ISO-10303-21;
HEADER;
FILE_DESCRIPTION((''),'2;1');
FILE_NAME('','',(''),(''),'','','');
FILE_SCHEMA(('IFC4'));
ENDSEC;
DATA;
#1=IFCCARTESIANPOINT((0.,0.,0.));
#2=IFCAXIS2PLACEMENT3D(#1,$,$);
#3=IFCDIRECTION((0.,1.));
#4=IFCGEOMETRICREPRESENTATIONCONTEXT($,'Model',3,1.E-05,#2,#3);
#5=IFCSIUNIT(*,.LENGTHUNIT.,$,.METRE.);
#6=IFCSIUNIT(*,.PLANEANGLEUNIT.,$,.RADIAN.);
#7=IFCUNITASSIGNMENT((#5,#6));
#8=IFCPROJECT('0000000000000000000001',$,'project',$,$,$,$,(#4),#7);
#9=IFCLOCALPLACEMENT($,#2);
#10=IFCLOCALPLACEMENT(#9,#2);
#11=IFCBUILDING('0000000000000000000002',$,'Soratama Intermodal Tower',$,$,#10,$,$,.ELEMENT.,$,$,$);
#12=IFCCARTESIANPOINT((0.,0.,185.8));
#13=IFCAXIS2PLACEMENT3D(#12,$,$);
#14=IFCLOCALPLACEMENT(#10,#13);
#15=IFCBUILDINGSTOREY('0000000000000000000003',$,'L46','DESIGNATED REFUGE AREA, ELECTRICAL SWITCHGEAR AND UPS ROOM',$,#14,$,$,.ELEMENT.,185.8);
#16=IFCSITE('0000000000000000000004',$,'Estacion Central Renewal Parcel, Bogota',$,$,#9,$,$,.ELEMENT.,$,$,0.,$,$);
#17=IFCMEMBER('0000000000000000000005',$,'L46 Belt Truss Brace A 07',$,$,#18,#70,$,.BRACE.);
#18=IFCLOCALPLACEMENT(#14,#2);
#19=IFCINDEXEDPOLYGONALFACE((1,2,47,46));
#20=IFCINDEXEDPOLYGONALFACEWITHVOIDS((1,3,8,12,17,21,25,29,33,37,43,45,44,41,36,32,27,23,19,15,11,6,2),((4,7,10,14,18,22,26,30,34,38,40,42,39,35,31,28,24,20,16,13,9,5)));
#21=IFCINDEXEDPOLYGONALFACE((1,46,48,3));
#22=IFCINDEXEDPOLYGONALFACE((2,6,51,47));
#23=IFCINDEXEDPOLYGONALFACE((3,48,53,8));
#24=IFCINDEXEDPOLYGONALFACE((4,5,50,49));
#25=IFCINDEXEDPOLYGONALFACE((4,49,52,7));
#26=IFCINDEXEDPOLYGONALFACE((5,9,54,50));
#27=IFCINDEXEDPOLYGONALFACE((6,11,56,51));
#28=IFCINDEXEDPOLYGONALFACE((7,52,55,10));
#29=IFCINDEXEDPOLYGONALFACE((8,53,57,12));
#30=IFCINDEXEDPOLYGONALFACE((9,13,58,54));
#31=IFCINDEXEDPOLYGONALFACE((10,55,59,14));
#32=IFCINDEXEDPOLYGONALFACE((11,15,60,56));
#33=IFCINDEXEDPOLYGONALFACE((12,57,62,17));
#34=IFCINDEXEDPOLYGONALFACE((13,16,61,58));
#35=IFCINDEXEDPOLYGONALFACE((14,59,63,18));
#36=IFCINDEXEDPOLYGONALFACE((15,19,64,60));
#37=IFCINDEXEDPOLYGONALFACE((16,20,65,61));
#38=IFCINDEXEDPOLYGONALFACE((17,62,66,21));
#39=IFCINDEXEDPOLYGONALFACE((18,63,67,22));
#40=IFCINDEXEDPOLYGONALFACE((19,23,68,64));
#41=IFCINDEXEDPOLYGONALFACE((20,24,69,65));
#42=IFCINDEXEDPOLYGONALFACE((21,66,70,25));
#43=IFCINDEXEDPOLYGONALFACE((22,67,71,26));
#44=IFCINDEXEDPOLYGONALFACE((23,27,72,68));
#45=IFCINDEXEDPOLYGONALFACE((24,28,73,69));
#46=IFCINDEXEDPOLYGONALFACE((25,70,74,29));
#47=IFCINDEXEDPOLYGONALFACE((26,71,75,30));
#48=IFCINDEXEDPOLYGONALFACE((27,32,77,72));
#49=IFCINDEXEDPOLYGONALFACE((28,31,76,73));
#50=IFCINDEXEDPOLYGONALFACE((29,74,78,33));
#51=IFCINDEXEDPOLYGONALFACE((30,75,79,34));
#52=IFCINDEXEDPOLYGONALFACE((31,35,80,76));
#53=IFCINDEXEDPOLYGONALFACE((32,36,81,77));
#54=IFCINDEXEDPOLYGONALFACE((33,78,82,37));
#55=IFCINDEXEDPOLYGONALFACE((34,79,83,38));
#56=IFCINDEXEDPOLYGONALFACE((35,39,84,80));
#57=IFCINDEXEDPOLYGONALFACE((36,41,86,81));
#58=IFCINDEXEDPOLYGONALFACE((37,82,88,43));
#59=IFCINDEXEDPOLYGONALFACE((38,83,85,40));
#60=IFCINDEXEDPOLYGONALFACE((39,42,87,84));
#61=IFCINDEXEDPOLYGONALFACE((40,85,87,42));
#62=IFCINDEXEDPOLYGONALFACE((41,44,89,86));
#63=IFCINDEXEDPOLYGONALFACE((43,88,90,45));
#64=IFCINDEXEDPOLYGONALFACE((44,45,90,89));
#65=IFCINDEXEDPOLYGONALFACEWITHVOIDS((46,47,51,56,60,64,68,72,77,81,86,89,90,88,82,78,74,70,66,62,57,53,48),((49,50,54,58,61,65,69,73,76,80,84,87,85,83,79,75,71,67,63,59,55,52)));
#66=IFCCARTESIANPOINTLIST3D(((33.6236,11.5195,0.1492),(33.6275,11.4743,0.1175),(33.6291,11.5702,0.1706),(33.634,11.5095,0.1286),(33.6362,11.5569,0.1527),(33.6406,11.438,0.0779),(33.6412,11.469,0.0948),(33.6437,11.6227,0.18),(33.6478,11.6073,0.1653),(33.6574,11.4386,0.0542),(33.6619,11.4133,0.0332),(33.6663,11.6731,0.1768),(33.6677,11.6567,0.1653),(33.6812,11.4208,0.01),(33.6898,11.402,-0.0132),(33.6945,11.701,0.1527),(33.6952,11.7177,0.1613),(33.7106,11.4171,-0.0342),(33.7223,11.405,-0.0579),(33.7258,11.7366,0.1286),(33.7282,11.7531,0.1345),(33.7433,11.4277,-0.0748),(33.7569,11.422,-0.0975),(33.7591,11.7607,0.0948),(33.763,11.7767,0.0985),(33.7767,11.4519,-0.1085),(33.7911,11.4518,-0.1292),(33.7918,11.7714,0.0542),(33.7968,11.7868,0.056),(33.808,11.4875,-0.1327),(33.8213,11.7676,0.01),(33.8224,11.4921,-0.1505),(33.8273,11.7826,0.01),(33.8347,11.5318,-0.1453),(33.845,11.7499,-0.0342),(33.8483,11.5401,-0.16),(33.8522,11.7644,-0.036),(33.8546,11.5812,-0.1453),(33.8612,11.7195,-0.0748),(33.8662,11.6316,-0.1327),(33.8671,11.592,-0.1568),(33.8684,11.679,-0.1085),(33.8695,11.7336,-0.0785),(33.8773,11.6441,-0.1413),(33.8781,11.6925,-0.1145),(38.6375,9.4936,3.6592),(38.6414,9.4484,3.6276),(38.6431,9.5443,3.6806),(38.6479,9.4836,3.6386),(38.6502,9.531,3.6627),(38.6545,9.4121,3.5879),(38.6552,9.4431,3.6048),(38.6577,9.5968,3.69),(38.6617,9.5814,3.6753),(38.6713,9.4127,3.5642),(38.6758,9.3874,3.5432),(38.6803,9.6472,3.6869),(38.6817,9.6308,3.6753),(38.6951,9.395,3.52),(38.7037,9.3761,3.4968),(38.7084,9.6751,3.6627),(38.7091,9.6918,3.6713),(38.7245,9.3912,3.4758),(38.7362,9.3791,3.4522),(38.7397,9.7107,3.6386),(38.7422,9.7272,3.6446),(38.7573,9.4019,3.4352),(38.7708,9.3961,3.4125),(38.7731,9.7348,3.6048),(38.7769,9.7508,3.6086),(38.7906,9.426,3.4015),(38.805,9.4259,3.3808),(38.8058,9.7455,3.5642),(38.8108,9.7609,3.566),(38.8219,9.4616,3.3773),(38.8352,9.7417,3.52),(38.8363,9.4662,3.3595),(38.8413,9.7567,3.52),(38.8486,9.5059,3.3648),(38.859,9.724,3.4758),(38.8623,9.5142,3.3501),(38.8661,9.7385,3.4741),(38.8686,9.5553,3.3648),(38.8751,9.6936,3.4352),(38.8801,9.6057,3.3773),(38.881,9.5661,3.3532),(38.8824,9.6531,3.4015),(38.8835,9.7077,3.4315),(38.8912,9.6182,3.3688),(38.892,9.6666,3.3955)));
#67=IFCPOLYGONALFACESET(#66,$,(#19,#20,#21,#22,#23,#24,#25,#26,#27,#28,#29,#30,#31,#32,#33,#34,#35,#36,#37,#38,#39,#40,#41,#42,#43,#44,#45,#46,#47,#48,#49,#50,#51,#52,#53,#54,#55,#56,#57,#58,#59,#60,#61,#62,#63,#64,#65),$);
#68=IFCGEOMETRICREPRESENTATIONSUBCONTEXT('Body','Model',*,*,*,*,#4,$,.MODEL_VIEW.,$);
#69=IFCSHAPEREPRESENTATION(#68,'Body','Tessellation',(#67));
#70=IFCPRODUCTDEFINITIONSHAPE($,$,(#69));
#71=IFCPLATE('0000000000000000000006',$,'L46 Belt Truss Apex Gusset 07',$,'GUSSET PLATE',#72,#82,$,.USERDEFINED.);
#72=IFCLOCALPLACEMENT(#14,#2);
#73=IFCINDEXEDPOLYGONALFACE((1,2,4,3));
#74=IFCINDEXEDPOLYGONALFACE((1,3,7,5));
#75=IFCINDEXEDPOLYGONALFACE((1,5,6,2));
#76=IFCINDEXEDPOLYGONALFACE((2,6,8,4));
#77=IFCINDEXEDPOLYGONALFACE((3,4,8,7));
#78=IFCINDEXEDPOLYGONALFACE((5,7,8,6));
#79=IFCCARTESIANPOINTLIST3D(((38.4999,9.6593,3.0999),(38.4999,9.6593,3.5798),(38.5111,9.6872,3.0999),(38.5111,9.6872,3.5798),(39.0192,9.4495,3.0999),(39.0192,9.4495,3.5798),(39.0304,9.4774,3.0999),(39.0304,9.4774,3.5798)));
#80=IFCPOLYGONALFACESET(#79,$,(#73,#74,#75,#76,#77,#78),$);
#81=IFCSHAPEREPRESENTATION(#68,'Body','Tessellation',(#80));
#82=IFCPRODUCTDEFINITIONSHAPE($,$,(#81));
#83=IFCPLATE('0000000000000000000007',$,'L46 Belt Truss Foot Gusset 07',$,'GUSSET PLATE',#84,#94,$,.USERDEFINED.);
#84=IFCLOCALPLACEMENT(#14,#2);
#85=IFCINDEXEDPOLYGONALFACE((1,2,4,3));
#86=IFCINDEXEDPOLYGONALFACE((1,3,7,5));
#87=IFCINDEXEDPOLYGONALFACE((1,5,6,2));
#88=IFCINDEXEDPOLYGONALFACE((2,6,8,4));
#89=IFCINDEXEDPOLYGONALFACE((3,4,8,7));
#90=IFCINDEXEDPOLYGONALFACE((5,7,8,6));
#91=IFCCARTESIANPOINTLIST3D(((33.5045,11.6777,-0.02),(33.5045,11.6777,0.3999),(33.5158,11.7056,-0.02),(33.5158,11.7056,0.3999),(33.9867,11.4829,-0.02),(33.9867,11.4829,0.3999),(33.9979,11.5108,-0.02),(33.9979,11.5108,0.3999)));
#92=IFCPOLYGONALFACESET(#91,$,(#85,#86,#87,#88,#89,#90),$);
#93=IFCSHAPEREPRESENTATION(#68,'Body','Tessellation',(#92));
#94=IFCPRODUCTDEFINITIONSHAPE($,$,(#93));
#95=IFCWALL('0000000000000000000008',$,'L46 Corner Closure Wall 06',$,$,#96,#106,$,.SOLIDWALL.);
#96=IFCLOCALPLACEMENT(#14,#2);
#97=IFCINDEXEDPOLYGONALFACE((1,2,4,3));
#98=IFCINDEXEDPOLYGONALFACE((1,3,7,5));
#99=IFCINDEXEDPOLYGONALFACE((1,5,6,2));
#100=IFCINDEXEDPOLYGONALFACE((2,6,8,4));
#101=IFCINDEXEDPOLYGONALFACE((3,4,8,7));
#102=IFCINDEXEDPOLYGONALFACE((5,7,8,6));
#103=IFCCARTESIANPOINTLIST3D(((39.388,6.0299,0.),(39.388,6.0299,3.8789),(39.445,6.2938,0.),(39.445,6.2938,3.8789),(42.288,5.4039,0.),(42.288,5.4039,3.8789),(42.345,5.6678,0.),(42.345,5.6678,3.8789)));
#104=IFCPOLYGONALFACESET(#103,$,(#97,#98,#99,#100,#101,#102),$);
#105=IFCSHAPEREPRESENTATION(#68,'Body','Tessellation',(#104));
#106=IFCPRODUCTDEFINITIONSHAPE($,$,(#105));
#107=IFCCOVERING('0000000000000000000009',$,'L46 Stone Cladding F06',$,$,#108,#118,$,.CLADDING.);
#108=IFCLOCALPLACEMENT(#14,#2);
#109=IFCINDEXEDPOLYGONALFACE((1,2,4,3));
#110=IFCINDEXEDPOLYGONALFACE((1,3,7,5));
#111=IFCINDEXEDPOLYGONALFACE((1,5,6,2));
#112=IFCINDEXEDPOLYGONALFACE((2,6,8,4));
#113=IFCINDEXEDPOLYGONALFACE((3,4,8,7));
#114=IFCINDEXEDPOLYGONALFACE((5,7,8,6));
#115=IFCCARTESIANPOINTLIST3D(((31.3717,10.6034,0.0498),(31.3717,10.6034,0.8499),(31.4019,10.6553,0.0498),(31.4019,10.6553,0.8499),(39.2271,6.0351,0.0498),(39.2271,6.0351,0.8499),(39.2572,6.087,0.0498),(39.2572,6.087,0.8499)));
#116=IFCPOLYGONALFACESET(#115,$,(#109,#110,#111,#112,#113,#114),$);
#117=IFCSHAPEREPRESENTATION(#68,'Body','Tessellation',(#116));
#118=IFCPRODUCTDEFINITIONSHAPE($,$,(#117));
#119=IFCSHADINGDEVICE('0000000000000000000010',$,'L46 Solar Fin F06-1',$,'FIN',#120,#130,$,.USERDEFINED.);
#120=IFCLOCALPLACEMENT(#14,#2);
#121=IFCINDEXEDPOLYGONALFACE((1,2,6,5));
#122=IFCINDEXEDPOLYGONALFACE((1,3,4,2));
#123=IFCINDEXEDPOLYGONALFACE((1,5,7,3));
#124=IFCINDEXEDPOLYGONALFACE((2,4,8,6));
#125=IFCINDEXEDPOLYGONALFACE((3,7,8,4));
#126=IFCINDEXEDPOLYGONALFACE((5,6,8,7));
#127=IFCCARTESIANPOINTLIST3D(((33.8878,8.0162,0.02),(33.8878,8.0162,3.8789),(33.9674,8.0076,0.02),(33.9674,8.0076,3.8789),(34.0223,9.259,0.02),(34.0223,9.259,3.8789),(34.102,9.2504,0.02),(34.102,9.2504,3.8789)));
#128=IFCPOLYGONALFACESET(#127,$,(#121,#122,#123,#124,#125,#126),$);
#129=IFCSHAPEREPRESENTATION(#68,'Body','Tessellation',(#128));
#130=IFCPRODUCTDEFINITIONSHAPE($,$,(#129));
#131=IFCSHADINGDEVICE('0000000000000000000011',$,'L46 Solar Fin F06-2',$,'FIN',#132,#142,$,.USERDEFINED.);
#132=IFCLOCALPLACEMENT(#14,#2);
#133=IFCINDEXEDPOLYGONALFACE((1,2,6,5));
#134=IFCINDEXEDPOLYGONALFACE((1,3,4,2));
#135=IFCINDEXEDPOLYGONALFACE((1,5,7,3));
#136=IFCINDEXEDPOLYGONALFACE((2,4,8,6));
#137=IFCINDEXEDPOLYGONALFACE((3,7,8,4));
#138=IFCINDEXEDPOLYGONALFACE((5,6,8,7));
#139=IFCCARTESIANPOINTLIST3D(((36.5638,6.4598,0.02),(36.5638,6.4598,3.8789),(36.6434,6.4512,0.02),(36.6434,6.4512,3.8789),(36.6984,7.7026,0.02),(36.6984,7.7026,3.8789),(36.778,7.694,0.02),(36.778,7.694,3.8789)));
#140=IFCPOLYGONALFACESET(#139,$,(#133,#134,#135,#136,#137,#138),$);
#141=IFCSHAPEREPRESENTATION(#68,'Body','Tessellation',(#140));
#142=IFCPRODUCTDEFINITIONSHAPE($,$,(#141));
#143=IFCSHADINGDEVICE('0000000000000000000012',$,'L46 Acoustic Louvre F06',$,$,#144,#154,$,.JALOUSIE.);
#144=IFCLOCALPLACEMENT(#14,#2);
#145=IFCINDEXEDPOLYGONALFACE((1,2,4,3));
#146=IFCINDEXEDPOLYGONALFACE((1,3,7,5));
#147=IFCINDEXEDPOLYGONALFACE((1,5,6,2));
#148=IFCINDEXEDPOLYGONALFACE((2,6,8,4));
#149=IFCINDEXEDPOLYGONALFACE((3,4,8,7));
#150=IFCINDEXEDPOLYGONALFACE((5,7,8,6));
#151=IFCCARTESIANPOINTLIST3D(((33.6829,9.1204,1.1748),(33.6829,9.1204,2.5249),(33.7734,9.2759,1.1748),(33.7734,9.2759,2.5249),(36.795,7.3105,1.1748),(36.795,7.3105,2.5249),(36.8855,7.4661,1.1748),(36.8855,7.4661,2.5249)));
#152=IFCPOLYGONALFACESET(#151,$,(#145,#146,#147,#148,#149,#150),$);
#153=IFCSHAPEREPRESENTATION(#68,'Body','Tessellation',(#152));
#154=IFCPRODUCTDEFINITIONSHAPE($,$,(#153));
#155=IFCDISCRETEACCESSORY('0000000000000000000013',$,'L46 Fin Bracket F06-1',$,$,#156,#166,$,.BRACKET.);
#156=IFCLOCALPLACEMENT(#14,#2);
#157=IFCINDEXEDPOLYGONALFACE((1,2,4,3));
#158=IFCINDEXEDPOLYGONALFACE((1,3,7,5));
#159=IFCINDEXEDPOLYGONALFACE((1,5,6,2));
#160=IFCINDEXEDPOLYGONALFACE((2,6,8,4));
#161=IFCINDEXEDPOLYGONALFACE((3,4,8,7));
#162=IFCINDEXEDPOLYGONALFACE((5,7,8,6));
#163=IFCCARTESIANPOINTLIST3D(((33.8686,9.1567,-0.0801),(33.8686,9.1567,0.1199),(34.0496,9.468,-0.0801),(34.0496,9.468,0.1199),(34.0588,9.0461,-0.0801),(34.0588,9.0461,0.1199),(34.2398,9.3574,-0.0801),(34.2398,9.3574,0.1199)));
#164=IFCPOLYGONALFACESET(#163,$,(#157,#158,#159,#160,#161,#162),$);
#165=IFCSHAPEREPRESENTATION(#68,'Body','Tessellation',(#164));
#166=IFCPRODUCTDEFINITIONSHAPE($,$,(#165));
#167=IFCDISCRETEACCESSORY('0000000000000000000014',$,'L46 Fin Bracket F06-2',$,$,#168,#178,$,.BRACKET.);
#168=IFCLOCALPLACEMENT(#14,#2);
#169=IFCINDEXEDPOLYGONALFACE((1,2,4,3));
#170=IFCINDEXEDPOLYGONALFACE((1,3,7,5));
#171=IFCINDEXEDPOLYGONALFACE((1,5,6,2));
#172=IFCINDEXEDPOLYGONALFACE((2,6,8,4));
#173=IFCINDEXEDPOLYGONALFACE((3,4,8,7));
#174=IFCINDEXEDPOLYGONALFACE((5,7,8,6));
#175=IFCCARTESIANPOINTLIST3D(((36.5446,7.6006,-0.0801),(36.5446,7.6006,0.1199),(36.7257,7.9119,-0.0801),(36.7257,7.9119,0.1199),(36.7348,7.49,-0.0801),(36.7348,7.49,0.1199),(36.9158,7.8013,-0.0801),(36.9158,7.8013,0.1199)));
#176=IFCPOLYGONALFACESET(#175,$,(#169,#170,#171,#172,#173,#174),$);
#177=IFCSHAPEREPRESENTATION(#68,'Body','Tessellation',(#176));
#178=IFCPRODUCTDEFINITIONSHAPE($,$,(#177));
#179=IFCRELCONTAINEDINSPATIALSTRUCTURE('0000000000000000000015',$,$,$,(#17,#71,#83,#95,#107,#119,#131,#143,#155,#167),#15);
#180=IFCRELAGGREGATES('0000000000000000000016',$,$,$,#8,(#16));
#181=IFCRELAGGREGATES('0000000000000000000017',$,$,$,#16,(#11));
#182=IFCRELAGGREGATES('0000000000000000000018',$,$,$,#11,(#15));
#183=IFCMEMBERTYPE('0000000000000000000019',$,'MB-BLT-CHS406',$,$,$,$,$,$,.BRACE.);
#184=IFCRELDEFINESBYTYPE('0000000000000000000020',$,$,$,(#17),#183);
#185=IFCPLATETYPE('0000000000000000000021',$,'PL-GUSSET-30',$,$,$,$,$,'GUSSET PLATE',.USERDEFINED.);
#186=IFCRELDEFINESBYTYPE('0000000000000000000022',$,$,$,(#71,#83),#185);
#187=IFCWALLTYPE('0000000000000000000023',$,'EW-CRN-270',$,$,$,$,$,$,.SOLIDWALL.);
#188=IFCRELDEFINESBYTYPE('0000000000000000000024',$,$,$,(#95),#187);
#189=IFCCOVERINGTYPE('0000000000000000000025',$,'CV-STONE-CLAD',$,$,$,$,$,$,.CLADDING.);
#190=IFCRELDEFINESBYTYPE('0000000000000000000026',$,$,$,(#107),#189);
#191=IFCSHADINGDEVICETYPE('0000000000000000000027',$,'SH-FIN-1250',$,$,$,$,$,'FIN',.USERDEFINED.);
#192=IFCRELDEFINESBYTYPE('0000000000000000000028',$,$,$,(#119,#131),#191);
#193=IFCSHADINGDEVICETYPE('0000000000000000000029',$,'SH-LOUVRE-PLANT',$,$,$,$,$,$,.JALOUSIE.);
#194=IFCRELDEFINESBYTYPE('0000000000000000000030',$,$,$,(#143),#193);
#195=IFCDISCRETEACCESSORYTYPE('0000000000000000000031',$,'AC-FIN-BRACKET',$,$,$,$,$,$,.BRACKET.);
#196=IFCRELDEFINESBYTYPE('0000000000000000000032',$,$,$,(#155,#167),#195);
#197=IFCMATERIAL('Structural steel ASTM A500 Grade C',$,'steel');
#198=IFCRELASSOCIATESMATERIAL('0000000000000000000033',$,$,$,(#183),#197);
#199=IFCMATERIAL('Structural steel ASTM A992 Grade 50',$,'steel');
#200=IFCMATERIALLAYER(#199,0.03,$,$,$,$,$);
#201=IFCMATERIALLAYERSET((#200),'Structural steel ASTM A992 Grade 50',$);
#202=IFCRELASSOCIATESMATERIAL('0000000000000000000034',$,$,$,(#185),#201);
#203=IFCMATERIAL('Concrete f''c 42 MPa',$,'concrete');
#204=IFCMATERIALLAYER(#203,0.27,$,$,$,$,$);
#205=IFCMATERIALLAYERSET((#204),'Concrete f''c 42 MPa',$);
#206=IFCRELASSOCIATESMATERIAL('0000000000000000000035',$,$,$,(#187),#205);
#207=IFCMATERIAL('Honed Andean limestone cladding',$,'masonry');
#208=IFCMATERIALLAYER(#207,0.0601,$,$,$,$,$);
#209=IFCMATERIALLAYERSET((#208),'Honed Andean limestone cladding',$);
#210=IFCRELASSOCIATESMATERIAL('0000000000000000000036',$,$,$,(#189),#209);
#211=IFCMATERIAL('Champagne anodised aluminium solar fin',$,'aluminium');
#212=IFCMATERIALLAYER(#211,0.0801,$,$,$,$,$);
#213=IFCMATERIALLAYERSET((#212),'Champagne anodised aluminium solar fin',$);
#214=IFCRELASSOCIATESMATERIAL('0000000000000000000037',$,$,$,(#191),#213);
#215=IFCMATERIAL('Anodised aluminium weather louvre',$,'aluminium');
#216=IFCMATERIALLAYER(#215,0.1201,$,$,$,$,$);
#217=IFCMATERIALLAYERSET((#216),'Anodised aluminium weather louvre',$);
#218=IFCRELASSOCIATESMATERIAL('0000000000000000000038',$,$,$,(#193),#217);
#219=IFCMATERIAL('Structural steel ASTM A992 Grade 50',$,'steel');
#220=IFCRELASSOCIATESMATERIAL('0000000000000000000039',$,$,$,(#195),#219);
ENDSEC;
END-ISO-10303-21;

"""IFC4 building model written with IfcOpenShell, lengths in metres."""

from ifc_helpers import new_model, si_unit, direction, frame, frame_2d, origin, origin_2d, place, context, subcontext, project, spatial, rectangle, hollow_circle, extrude, material, layer, layer_set, material_profile, profile_set, type_object, element, save


model = new_model("IFC4")

# Units and contexts
model_context = context("Model", 3, precision=1e-05, world=origin(), true_north=direction((0.0, 1.0)))
body_context = subcontext(model_context, "Body", "Model", "MODEL_VIEW")
ifc_project = project(units=[si_unit("LENGTHUNIT", "METRE"), si_unit("PLANEANGLEUNIT", "RADIAN")], contexts=[model_context])

# Site, building, storey
site_placement = place(None, origin())
site = spatial("IfcSite", under=ifc_project, at=site_placement, Name="Estacion Central Renewal Parcel, Bogota", CompositionType="ELEMENT", RefElevation=0.0)
building_placement = place(site_placement, origin())
building = spatial("IfcBuilding", under=site, at=building_placement, Name="Soratama Intermodal Tower", CompositionType="ELEMENT")
storey_placement = place(building_placement, frame((0.0, 0.0, 185.8)))
storey = spatial("IfcBuildingStorey", under=building, at=storey_placement, Name="L46", Description="DESIGNATED REFUGE AREA, ELECTRICAL SWITCHGEAR AND UPS ROOM", CompositionType="ELEMENT", Elevation=185.8)

# Member
ifc_material_1 = material(Name="Structural steel ASTM A500 Grade C", Category="steel")
ifc_material_profile_1 = material_profile(ifc_material_1, hollow_circle(Radius=0.2031, WallThickness=0.0161, at=origin_2d()), Name="CHS406X16")
ifc_profile_set_1 = profile_set([ifc_material_profile_1], Name="Structural steel ASTM A500 Grade C")
member_type = type_object("IfcMemberType", Name="MB-BLT-CHS406", PredefinedType="BRACE", material=ifc_profile_set_1)
for number, where, z_axis, x_axis, name in (
    (1, (33.7512, 11.5942, 0.01), (0.777714, -0.314236, 0.544441), (0.374627, 0.927176, 0.0), "L46 Belt Truss Brace A 07"),
):
    element("IfcMember", number, at=place(storey_placement, frame(where, z_axis=z_axis, x_axis=x_axis)), inside=storey, type_object=member_type, Name=name, PredefinedType="BRACE", context=body_context, shape_type="SweptSolid", body=[
        extrude(hollow_circle(Radius=0.2031, WallThickness=0.0161, at=origin_2d()), origin(), (0.0, 0.0, 1.0), 6.447),
    ])

# Plates
ifc_material_2 = material(Name="Structural steel ASTM A992 Grade 50", Category="steel")
ifc_layer_1 = layer(ifc_material_2, 0.03)
ifc_layer_set_1 = layer_set([ifc_layer_1], Name="Structural steel ASTM A992 Grade 50")
plate_type = type_object("IfcPlateType", Name="PL-GUSSET-30", ElementType="GUSSET PLATE", PredefinedType="USERDEFINED", material=ifc_layer_set_1)
plate_1_placement = place(storey_placement, frame((38.7651, 9.5684, 3.0999), z_axis=(0.0, 0.0, 1.0), x_axis=(0.927184, -0.374607, 0.0)))
element("IfcPlate", 2, at=plate_1_placement, inside=storey, type_object=plate_type, Name="L46 Belt Truss Apex Gusset 07", ObjectType="GUSSET PLATE", PredefinedType="USERDEFINED", context=body_context, shape_type="SweptSolid", body=[
    extrude(rectangle(XDim=0.5601, YDim=0.03, at=origin_2d()), origin(), (0.0, 0.0, 1.0), 0.48),
])
plate_2_placement = place(storey_placement, frame((33.7512, 11.5942, -0.02), z_axis=(0.0, 0.0, 1.0), x_axis=(0.927184, -0.374607, 0.0)))
element("IfcPlate", 3, at=plate_2_placement, inside=storey, type_object=plate_type, Name="L46 Belt Truss Foot Gusset 07", ObjectType="GUSSET PLATE", PredefinedType="USERDEFINED", context=body_context, shape_type="SweptSolid", body=[
    extrude(rectangle(XDim=0.52, YDim=0.03, at=origin_2d()), origin(), (0.0, 0.0, 1.0), 0.4199),
])

# Wall
ifc_material_3 = material(Name="Concrete f'c 42 MPa", Category="concrete")
ifc_layer_2 = layer(ifc_material_3, 0.27)
ifc_layer_set_2 = layer_set([ifc_layer_2], Name="Concrete f'c 42 MPa")
wall_type = type_object("IfcWallType", Name="EW-CRN-270", PredefinedType="SOLIDWALL", material=ifc_layer_set_2)
wall_placement = place(storey_placement, frame((39.4165, 6.1619, 0.0), z_axis=(0.0, 0.0, 1.0), x_axis=(0.977486, -0.211001, 0.0)))
element("IfcWall", 4, at=wall_placement, inside=storey, type_object=wall_type, Name="L46 Corner Closure Wall 06", PredefinedType="SOLIDWALL", context=body_context, shape_type="SweptSolid", body=[
    extrude(rectangle(XDim=2.9668, YDim=0.27, at=frame_2d((1.4834, 0.0))), origin(), (0.0, 0.0, 1.0), 3.8789),
])

# Covering
ifc_material_4 = material(Name="Honed Andean limestone cladding", Category="masonry")
ifc_layer_3 = layer(ifc_material_4, 0.0601)
ifc_layer_set_3 = layer_set([ifc_layer_3], Name="Honed Andean limestone cladding")
covering_type = type_object("IfcCoveringType", Name="CV-STONE-CLAD", PredefinedType="CLADDING", material=ifc_layer_set_3)
covering_placement = place(storey_placement, frame((35.3145, 8.3452, 0.0498), z_axis=(0.0, 0.0, 1.0), x_axis=(0.86445, -0.502718, 0.0)))
element("IfcCovering", 5, at=covering_placement, inside=storey, type_object=covering_type, Name="L46 Stone Cladding F06", PredefinedType="CLADDING", context=body_context, shape_type="SweptSolid", body=[
    extrude(rectangle(XDim=9.0872, YDim=0.0601, at=origin_2d()), origin(), (0.0, 0.0, 1.0), 0.8),
])

# Shading devices
ifc_material_5 = material(Name="Champagne anodised aluminium solar fin", Category="aluminium")
ifc_layer_4 = layer(ifc_material_5, 0.0801)
ifc_layer_set_4 = layer_set([ifc_layer_4], Name="Champagne anodised aluminium solar fin")
shading_device_type_1 = type_object("IfcShadingDeviceType", Name="SH-FIN-1250", ElementType="FIN", PredefinedType="USERDEFINED", material=ifc_layer_set_4)
for number, where, z_axis, x_axis, name in (
    (6, (33.9949, 8.6333, 0.02), (0.0, 0.0, 1.0), (-0.107652, -0.994189, 0.0), "L46 Solar Fin F06-1"),
    (7, (36.6709, 7.0769, 0.02), (0.0, 0.0, 1.0), (-0.107652, -0.994189, 0.0), "L46 Solar Fin F06-2"),
):
    element("IfcShadingDevice", number, at=place(storey_placement, frame(where, z_axis=z_axis, x_axis=x_axis)), inside=storey, type_object=shading_device_type_1, Name=name, ObjectType="FIN", PredefinedType="USERDEFINED", context=body_context, shape_type="SweptSolid", body=[
        extrude(rectangle(XDim=1.25, YDim=0.0801, at=origin_2d()), origin(), (0.0, 0.0, 1.0), 3.8589),
    ])
ifc_material_6 = material(Name="Anodised aluminium weather louvre", Category="aluminium")
ifc_layer_5 = layer(ifc_material_6, 0.1201)
ifc_layer_set_5 = layer_set([ifc_layer_5], Name="Anodised aluminium weather louvre")
shading_device_type_2 = type_object("IfcShadingDeviceType", Name="SH-LOUVRE-PLANT", PredefinedType="JALOUSIE", material=ifc_layer_set_5)
shading_device_placement = place(storey_placement, frame((35.2842, 8.2932, 1.1748), z_axis=(0.0, 0.0, 1.0), x_axis=(0.86445, -0.502718, 0.0)))
element("IfcShadingDevice", 8, at=shading_device_placement, inside=storey, type_object=shading_device_type_2, Name="L46 Acoustic Louvre F06", PredefinedType="JALOUSIE", context=body_context, shape_type="SweptSolid", body=[
    extrude(rectangle(XDim=3.6001, YDim=0.1799, at=origin_2d()), origin(), (0.0, 0.0, 1.0), 1.3501),
])

# Discrete accessories
ifc_material_7 = material(Name="Structural steel ASTM A992 Grade 50", Category="steel")
discrete_accessory_type = type_object("IfcDiscreteAccessoryType", Name="AC-FIN-BRACKET", PredefinedType="BRACKET", material=ifc_material_7)
for number, where, z_axis, x_axis, name in (
    (9, (34.0542, 9.2571, -0.0801), (0.0, 0.0, 1.0), (-0.502718, -0.86445, 0.0), "L46 Fin Bracket F06-1"),
    (10, (36.7302, 7.7009, -0.0801), (0.0, 0.0, 1.0), (-0.502718, -0.86445, 0.0), "L46 Fin Bracket F06-2"),
):
    element("IfcDiscreteAccessory", number, at=place(storey_placement, frame(where, z_axis=z_axis, x_axis=x_axis)), inside=storey, type_object=discrete_accessory_type, Name=name, PredefinedType="BRACKET", context=body_context, shape_type="SweptSolid", body=[
        extrude(rectangle(XDim=0.3601, YDim=0.22, at=origin_2d()), origin(), (0.0, 0.0, 1.0), 0.2),
    ])

save(model, "model.ifc")
